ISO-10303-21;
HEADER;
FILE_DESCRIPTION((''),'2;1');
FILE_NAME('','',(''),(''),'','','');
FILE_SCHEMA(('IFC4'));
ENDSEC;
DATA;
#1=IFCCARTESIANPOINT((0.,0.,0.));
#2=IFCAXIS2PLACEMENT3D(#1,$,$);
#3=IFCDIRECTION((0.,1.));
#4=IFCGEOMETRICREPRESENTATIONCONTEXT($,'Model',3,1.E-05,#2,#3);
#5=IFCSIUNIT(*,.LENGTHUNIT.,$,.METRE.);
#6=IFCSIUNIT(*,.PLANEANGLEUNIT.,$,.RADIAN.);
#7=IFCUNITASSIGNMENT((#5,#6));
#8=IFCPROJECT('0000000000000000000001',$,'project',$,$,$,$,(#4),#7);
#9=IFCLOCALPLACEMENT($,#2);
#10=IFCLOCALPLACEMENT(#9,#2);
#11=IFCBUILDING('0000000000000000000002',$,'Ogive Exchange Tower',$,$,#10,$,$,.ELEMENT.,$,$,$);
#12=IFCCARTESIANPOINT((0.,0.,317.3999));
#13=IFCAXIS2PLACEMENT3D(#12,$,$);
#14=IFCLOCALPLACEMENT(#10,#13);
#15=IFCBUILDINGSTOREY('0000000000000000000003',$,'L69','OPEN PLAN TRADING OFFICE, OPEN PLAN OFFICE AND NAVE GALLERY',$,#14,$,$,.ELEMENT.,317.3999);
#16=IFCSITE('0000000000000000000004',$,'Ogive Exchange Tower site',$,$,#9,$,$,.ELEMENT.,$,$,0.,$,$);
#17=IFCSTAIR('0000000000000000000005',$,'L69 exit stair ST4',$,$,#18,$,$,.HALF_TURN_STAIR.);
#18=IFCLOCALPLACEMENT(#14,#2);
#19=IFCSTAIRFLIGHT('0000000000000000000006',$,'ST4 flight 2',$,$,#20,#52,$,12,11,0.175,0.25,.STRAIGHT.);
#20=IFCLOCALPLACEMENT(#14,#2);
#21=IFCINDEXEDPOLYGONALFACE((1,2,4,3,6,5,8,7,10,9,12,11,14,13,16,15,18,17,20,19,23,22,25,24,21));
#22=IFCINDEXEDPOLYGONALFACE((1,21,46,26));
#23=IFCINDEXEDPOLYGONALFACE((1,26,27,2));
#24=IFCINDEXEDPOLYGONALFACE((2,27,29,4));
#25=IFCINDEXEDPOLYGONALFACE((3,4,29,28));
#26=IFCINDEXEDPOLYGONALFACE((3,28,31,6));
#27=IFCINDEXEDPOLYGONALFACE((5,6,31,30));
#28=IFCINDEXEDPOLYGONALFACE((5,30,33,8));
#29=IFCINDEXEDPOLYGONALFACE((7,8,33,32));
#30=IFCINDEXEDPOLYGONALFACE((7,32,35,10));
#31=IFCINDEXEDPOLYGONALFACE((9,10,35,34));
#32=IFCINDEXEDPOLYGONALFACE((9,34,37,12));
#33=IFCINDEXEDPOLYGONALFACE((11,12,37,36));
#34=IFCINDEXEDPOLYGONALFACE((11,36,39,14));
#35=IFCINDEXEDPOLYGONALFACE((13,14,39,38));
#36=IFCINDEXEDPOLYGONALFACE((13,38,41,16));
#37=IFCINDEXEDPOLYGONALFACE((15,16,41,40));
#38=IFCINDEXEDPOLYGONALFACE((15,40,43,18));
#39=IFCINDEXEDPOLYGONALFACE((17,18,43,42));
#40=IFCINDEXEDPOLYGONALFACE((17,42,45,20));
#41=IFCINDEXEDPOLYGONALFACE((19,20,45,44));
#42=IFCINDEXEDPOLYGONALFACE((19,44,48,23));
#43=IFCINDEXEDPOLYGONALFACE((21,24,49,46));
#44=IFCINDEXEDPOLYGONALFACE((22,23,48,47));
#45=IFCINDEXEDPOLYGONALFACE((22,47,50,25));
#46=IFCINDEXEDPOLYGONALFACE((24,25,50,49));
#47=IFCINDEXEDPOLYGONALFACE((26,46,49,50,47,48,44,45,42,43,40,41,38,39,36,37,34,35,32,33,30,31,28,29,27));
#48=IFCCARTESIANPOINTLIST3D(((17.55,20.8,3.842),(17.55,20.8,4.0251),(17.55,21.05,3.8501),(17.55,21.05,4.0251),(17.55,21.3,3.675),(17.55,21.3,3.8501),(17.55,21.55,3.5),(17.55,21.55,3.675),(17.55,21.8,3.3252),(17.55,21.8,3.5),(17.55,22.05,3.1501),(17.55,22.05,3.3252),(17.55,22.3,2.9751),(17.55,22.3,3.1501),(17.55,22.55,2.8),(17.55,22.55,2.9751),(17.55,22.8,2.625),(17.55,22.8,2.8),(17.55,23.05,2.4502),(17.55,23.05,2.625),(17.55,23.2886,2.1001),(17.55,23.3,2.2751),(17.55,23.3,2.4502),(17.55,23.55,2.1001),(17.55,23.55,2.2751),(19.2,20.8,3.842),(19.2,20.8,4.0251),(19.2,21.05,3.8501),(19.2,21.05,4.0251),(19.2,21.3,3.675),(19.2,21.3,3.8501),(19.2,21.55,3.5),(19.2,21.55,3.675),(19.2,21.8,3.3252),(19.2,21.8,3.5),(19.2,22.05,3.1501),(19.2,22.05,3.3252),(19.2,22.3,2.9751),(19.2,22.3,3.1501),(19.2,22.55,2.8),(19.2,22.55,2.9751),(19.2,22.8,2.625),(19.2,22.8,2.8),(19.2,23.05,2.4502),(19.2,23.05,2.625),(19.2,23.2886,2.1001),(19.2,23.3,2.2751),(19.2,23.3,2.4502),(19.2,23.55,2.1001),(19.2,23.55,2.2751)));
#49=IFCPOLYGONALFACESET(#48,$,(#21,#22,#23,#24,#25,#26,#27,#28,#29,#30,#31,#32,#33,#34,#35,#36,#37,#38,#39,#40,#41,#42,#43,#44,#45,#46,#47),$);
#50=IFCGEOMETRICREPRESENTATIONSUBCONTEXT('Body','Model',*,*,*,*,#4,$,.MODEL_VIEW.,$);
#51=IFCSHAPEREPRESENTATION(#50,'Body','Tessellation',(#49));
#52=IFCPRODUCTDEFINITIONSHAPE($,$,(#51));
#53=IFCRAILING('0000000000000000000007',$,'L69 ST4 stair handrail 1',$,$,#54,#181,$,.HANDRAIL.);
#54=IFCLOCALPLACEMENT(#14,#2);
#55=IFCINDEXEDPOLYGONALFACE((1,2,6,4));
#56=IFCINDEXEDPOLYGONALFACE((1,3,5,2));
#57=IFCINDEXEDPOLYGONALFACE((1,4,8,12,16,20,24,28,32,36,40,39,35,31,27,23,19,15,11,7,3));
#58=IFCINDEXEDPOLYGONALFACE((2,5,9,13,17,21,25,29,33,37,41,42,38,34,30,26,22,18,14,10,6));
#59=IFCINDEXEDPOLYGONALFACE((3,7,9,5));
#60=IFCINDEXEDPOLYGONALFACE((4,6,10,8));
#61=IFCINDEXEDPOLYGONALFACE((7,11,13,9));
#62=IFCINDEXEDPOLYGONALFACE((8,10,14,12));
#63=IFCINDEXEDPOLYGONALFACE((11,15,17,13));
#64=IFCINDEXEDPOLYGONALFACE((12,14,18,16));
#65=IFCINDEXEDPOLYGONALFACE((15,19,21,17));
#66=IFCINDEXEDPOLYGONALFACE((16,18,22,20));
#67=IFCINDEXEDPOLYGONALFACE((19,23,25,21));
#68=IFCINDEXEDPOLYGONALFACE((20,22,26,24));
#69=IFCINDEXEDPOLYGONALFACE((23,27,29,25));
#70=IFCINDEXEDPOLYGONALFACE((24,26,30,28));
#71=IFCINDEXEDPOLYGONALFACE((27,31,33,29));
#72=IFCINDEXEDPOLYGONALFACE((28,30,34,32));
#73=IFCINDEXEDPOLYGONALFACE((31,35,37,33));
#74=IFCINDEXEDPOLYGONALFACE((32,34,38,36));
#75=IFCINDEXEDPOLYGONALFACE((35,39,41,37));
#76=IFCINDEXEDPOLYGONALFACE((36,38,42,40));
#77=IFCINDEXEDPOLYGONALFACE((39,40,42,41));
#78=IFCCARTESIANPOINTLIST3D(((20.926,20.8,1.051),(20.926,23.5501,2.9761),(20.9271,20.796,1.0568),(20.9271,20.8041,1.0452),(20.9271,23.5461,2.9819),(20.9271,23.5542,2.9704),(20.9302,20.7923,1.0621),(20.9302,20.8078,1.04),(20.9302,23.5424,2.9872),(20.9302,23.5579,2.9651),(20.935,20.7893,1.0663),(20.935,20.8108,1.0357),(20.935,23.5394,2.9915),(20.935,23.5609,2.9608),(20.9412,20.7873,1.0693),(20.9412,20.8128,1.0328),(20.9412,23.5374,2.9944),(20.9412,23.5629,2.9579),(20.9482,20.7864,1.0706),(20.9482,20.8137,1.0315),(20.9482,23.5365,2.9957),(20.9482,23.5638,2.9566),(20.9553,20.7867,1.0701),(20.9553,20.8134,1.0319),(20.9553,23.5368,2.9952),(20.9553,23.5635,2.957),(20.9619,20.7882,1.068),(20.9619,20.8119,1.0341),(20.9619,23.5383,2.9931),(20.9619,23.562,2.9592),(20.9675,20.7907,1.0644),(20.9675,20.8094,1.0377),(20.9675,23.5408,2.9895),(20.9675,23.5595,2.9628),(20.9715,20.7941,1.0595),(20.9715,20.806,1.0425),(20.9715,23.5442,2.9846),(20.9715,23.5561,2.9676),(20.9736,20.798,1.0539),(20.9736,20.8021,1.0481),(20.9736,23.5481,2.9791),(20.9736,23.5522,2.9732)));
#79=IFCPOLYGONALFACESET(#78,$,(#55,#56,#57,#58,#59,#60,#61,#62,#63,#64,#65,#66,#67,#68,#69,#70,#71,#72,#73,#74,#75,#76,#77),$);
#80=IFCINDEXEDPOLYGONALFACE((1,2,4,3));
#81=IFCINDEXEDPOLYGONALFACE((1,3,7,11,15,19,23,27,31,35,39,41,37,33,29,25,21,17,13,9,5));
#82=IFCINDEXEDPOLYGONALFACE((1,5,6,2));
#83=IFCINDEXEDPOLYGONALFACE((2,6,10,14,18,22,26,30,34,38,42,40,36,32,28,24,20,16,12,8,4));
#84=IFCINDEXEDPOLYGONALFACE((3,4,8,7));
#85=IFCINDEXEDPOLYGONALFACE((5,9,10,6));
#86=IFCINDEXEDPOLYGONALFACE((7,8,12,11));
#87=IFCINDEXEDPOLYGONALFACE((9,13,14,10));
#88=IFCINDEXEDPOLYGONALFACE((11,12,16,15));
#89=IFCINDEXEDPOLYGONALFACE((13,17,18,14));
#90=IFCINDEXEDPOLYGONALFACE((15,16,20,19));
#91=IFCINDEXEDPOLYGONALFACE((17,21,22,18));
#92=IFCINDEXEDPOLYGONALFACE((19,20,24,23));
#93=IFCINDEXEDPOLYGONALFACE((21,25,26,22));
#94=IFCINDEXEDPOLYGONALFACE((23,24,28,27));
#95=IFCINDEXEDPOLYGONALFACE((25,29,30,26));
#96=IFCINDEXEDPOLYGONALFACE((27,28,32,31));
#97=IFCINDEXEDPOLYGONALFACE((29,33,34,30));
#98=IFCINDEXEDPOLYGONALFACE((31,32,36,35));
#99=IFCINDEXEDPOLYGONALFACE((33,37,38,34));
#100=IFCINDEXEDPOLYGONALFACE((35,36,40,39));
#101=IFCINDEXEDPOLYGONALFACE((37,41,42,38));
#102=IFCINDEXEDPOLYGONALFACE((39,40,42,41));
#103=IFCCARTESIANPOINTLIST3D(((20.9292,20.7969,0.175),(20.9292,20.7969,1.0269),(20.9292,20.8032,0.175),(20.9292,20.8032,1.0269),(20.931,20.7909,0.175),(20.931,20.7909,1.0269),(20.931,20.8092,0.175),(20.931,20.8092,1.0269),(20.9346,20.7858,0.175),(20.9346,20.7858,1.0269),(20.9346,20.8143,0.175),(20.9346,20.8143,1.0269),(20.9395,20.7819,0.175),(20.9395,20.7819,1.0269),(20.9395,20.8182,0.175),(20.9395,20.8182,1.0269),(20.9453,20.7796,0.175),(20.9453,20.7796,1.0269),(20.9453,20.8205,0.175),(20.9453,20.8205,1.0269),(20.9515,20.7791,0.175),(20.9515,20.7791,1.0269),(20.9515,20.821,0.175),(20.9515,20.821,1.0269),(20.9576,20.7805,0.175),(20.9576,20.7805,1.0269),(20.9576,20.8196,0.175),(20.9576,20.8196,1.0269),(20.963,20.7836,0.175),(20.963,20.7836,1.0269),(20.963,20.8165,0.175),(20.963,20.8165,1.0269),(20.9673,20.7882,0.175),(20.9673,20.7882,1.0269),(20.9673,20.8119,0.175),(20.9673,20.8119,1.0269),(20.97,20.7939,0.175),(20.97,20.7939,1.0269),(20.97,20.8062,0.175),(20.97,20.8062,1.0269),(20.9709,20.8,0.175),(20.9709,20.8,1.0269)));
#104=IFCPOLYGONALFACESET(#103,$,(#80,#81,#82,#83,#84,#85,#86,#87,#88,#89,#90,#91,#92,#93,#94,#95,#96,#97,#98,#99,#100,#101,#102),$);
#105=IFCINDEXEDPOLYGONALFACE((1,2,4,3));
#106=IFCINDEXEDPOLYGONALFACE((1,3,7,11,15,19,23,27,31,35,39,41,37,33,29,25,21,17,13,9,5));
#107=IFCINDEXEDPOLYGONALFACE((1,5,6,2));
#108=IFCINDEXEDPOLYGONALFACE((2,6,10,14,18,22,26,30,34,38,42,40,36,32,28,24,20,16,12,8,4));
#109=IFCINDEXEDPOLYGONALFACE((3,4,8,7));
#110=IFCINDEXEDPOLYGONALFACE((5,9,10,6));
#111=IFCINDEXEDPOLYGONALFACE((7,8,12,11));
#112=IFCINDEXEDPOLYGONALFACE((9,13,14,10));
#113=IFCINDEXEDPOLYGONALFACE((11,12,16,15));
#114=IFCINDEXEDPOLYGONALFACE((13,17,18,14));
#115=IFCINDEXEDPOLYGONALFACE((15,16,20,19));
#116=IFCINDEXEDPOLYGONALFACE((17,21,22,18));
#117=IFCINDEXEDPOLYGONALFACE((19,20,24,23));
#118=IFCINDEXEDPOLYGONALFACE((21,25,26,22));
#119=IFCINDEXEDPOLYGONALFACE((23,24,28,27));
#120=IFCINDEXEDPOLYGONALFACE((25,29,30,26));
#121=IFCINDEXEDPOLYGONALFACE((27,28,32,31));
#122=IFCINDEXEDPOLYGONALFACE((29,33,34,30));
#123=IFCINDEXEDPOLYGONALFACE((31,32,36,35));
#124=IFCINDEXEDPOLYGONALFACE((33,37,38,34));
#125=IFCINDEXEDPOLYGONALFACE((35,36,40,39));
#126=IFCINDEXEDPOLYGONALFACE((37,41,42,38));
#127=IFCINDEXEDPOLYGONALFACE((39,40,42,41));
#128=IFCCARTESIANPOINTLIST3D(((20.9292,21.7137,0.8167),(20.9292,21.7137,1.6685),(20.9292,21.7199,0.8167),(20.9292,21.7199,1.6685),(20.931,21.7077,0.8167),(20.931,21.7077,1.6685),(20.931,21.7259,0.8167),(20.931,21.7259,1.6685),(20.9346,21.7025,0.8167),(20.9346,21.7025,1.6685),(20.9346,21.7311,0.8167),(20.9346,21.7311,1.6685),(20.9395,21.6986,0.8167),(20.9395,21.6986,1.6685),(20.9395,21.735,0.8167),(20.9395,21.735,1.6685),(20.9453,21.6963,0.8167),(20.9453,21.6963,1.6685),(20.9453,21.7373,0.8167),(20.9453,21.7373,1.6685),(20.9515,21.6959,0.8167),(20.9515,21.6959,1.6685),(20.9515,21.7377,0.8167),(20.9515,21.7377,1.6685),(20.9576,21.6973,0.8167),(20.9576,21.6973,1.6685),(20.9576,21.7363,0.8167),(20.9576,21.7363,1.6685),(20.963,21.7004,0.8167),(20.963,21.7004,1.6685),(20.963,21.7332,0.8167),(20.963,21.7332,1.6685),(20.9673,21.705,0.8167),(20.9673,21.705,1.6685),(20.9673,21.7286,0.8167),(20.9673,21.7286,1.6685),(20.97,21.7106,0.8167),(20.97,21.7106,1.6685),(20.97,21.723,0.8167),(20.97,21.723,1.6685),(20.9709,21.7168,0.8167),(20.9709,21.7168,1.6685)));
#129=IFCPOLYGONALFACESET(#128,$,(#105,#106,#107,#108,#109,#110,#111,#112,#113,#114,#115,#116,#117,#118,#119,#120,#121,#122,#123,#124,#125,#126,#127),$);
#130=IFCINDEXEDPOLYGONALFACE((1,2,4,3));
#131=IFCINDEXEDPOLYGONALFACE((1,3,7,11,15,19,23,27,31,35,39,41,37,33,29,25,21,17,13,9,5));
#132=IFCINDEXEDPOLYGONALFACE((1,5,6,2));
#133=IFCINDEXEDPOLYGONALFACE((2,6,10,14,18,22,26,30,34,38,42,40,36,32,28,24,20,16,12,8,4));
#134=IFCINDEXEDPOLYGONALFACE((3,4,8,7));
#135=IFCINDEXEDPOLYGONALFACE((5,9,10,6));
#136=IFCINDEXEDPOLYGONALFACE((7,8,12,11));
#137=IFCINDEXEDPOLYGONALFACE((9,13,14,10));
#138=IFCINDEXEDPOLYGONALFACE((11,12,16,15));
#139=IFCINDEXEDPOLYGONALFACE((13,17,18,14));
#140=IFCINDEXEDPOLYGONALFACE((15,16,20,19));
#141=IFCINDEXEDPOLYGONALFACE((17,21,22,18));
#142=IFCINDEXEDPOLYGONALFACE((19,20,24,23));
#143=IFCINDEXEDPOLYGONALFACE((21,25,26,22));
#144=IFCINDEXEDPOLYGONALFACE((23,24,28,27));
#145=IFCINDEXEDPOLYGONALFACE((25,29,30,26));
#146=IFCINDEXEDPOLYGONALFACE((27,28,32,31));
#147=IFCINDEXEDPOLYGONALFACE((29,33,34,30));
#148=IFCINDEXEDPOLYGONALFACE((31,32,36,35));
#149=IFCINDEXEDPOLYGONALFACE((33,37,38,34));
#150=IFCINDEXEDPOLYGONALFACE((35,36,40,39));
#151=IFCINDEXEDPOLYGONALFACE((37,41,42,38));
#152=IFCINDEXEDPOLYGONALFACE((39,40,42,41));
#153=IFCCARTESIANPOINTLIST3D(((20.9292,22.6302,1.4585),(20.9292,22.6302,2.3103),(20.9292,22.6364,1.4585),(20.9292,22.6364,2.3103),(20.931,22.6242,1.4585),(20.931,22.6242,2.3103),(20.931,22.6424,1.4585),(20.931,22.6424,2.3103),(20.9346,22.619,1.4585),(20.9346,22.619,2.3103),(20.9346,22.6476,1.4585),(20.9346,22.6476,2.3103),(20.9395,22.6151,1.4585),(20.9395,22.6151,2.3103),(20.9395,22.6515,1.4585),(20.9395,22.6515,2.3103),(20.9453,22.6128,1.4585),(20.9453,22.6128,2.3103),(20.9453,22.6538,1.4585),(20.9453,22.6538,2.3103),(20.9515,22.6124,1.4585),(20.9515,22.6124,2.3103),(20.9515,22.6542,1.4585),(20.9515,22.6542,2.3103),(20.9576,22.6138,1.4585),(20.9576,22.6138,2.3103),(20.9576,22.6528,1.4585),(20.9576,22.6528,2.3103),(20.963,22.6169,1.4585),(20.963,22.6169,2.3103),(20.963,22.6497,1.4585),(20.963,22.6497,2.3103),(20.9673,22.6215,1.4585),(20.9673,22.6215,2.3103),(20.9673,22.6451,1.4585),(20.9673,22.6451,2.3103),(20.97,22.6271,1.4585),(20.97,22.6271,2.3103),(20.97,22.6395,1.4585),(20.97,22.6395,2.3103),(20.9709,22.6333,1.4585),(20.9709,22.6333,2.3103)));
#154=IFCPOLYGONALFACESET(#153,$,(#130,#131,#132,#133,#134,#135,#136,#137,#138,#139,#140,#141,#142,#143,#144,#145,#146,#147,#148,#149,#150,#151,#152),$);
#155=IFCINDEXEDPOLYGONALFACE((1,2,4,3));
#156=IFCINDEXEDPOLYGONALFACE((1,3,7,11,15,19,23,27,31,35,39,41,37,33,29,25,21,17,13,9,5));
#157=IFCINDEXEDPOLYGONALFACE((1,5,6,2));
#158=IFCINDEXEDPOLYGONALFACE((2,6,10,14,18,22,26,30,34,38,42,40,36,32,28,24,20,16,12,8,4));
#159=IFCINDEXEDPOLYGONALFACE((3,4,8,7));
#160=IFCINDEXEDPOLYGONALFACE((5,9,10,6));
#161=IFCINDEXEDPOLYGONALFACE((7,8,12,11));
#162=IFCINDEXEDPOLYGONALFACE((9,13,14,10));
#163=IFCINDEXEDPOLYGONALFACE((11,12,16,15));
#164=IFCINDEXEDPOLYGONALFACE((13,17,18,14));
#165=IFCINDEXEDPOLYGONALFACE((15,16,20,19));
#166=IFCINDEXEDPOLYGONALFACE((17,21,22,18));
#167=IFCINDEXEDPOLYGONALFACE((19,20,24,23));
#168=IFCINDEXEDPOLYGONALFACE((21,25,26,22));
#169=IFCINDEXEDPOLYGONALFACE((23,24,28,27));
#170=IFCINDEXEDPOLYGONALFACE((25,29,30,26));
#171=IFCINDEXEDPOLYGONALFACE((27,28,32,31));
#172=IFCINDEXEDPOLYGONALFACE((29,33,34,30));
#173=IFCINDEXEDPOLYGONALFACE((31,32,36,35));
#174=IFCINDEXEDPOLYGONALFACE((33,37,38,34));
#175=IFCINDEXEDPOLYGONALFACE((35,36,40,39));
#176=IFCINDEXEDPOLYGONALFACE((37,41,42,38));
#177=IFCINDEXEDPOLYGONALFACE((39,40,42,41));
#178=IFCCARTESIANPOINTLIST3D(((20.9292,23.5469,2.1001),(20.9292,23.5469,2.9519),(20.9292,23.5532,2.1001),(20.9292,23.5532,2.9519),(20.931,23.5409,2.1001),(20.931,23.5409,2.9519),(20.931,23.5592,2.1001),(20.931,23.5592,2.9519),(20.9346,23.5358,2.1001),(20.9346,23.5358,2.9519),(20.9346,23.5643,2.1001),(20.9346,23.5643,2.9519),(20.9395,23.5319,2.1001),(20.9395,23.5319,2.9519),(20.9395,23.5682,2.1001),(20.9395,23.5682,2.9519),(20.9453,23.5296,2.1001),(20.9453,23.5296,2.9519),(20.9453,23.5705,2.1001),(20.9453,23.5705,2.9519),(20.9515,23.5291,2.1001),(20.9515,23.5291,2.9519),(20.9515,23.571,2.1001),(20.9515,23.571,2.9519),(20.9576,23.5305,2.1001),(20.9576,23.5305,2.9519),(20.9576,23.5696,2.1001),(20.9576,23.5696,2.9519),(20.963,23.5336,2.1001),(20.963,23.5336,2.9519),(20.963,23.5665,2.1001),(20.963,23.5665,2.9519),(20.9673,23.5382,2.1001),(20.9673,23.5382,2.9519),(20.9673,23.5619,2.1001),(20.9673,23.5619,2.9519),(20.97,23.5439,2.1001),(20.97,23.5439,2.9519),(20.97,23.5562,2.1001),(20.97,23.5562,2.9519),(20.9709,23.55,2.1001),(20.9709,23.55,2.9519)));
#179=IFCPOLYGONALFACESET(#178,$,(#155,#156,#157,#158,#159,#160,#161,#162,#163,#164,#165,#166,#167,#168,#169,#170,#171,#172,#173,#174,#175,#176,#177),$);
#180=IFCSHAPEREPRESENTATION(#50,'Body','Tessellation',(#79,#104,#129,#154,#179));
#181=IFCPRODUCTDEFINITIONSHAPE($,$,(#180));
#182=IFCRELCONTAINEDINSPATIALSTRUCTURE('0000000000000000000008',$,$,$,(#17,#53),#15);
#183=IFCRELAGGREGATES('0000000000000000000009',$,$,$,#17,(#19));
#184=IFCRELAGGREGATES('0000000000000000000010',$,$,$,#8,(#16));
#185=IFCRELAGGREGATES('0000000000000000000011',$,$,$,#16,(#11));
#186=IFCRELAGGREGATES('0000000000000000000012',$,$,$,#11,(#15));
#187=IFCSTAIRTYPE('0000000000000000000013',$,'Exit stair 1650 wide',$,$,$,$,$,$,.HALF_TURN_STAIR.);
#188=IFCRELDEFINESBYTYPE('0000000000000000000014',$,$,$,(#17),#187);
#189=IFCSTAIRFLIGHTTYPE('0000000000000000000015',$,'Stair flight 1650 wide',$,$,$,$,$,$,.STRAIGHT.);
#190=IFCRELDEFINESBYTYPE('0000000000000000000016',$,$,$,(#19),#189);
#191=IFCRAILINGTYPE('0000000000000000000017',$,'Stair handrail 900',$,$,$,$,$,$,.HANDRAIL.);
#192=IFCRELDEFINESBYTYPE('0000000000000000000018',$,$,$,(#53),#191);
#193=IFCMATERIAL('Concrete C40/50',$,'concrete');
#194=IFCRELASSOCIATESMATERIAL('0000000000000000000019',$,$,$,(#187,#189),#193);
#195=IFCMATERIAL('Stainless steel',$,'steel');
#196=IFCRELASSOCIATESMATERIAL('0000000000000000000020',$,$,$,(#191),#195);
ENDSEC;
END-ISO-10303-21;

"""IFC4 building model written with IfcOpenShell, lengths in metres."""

from ifc_helpers import new_model, si_unit, direction, frame, origin, origin_2d, place, context, subcontext, project, spatial, polyline, circle, outline, extrude, material, type_object, element, aggregate, save


model = new_model("IFC4")

# Units and contexts
model_context = context("Model", 3, precision=1e-05, world=origin(), true_north=direction((0.0, 1.0)))
body_context = subcontext(model_context, "Body", "Model", "MODEL_VIEW")
ifc_project = project(units=[si_unit("LENGTHUNIT", "METRE"), si_unit("PLANEANGLEUNIT", "RADIAN")], contexts=[model_context])

# Site, building, storey
site_placement = place(None, origin())
site = spatial("IfcSite", under=ifc_project, at=site_placement, Name="Ogive Exchange Tower site", CompositionType="ELEMENT", RefElevation=0.0)
building_placement = place(site_placement, origin())
building = spatial("IfcBuilding", under=site, at=building_placement, Name="Ogive Exchange Tower", CompositionType="ELEMENT")
storey_placement = place(building_placement, frame((0.0, 0.0, 317.3999)))
storey = spatial("IfcBuildingStorey", under=building, at=storey_placement, Name="L69", Description="OPEN PLAN TRADING OFFICE, OPEN PLAN OFFICE AND NAVE GALLERY", CompositionType="ELEMENT", Elevation=317.3999)

# Stair, stair flight
ifc_material_1 = material(Name="Concrete C40/50", Category="concrete")
stair_type = type_object("IfcStairType", Name="Exit stair 1650 wide", PredefinedType="HALF_TURN_STAIR", material=ifc_material_1)
stair_placement = place(storey_placement, origin())
stair = element("IfcStair", 1, at=stair_placement, inside=storey, type_object=stair_type, Name="L69 exit stair ST4", PredefinedType="HALF_TURN_STAIR")
stair_flight_type = type_object("IfcStairFlightType", Name="Stair flight 1650 wide", PredefinedType="STRAIGHT", material=ifc_material_1)
stair_flight_1_placement = place(storey_placement, frame((18.375, 23.55, 2.1001), z_axis=(0.0, 0.0, 1.0), x_axis=(0.0, -1.0, 0.0)))
stair_flight_1 = element("IfcStairFlight", 2, at=stair_flight_1_placement, type_object=stair_flight_type, Name="ST4 flight 2", NumberOfRisers=12, NumberOfTreads=11, PredefinedType="STRAIGHT", RiserHeight=0.175, TreadLength=0.25, context=body_context, shape_type="SweptSolid", body=[
    extrude(outline(polyline([(0.0, 0.0), (0.0, 0.175), (0.25, 0.175), (0.25, 0.3501), (0.5, 0.3501), (0.5, 0.5249), (0.75, 0.5249), (0.75, 0.7), (1.0, 0.7), (1.0, 0.875), (1.25, 0.875), (1.25, 1.05), (1.5, 1.05), (1.5, 1.2251), (1.75, 1.2251), (1.75, 1.3999), (2.0, 1.3999), (2.0, 1.575), (2.25, 1.575), (2.25, 1.75), (2.5, 1.75), (2.5, 1.925), (2.75, 1.925), (2.75, 2.1001), (2.75, 1.7419), (0.2615, 0.0), (0.0, 0.0)])), frame((0.0, 0.825, 0.0), z_axis=(0.0, -1.0, 0.0), x_axis=(1.0, 0.0, 0.0)), (0.0, 0.0, 1.0), 1.6499),
])
aggregate(stair, [stair_flight_1])

# Railing
ifc_material_2 = material(Name="Stainless steel", Category="steel")
railing_type = type_object("IfcRailingType", Name="Stair handrail 900", PredefinedType="HANDRAIL", material=ifc_material_2)
railing_1_placement = place(storey_placement, frame((20.95, 20.8, 0.175)))
element("IfcRailing", 3, at=railing_1_placement, inside=storey, type_object=railing_type, Name="L69 ST4 stair handrail 1", PredefinedType="HANDRAIL", context=body_context, shape_type="SweptSolid", body=[
    extrude(circle(Radius=0.0239, at=origin_2d()), frame((0.0, 0.0, 0.876), z_axis=(0.0, 0.819225, 0.573472), x_axis=(-1.0, 0.0, 0.0)), (0.0, 0.0, 1.0), 3.3569),
    extrude(circle(Radius=0.021, at=origin_2d()), origin(), (0.0, 0.0, 1.0), 0.8518),
    extrude(circle(Radius=0.021, at=origin_2d()), frame((0.0, 0.9167, 0.6416)), (0.0, 0.0, 1.0), 0.8518),
    extrude(circle(Radius=0.021, at=origin_2d()), frame((0.0, 1.8333, 1.2834)), (0.0, 0.0, 1.0), 0.8518),
    extrude(circle(Radius=0.021, at=origin_2d()), frame((0.0, 2.75, 1.925)), (0.0, 0.0, 1.0), 0.8518),
])

save(model, "model.ifc")
